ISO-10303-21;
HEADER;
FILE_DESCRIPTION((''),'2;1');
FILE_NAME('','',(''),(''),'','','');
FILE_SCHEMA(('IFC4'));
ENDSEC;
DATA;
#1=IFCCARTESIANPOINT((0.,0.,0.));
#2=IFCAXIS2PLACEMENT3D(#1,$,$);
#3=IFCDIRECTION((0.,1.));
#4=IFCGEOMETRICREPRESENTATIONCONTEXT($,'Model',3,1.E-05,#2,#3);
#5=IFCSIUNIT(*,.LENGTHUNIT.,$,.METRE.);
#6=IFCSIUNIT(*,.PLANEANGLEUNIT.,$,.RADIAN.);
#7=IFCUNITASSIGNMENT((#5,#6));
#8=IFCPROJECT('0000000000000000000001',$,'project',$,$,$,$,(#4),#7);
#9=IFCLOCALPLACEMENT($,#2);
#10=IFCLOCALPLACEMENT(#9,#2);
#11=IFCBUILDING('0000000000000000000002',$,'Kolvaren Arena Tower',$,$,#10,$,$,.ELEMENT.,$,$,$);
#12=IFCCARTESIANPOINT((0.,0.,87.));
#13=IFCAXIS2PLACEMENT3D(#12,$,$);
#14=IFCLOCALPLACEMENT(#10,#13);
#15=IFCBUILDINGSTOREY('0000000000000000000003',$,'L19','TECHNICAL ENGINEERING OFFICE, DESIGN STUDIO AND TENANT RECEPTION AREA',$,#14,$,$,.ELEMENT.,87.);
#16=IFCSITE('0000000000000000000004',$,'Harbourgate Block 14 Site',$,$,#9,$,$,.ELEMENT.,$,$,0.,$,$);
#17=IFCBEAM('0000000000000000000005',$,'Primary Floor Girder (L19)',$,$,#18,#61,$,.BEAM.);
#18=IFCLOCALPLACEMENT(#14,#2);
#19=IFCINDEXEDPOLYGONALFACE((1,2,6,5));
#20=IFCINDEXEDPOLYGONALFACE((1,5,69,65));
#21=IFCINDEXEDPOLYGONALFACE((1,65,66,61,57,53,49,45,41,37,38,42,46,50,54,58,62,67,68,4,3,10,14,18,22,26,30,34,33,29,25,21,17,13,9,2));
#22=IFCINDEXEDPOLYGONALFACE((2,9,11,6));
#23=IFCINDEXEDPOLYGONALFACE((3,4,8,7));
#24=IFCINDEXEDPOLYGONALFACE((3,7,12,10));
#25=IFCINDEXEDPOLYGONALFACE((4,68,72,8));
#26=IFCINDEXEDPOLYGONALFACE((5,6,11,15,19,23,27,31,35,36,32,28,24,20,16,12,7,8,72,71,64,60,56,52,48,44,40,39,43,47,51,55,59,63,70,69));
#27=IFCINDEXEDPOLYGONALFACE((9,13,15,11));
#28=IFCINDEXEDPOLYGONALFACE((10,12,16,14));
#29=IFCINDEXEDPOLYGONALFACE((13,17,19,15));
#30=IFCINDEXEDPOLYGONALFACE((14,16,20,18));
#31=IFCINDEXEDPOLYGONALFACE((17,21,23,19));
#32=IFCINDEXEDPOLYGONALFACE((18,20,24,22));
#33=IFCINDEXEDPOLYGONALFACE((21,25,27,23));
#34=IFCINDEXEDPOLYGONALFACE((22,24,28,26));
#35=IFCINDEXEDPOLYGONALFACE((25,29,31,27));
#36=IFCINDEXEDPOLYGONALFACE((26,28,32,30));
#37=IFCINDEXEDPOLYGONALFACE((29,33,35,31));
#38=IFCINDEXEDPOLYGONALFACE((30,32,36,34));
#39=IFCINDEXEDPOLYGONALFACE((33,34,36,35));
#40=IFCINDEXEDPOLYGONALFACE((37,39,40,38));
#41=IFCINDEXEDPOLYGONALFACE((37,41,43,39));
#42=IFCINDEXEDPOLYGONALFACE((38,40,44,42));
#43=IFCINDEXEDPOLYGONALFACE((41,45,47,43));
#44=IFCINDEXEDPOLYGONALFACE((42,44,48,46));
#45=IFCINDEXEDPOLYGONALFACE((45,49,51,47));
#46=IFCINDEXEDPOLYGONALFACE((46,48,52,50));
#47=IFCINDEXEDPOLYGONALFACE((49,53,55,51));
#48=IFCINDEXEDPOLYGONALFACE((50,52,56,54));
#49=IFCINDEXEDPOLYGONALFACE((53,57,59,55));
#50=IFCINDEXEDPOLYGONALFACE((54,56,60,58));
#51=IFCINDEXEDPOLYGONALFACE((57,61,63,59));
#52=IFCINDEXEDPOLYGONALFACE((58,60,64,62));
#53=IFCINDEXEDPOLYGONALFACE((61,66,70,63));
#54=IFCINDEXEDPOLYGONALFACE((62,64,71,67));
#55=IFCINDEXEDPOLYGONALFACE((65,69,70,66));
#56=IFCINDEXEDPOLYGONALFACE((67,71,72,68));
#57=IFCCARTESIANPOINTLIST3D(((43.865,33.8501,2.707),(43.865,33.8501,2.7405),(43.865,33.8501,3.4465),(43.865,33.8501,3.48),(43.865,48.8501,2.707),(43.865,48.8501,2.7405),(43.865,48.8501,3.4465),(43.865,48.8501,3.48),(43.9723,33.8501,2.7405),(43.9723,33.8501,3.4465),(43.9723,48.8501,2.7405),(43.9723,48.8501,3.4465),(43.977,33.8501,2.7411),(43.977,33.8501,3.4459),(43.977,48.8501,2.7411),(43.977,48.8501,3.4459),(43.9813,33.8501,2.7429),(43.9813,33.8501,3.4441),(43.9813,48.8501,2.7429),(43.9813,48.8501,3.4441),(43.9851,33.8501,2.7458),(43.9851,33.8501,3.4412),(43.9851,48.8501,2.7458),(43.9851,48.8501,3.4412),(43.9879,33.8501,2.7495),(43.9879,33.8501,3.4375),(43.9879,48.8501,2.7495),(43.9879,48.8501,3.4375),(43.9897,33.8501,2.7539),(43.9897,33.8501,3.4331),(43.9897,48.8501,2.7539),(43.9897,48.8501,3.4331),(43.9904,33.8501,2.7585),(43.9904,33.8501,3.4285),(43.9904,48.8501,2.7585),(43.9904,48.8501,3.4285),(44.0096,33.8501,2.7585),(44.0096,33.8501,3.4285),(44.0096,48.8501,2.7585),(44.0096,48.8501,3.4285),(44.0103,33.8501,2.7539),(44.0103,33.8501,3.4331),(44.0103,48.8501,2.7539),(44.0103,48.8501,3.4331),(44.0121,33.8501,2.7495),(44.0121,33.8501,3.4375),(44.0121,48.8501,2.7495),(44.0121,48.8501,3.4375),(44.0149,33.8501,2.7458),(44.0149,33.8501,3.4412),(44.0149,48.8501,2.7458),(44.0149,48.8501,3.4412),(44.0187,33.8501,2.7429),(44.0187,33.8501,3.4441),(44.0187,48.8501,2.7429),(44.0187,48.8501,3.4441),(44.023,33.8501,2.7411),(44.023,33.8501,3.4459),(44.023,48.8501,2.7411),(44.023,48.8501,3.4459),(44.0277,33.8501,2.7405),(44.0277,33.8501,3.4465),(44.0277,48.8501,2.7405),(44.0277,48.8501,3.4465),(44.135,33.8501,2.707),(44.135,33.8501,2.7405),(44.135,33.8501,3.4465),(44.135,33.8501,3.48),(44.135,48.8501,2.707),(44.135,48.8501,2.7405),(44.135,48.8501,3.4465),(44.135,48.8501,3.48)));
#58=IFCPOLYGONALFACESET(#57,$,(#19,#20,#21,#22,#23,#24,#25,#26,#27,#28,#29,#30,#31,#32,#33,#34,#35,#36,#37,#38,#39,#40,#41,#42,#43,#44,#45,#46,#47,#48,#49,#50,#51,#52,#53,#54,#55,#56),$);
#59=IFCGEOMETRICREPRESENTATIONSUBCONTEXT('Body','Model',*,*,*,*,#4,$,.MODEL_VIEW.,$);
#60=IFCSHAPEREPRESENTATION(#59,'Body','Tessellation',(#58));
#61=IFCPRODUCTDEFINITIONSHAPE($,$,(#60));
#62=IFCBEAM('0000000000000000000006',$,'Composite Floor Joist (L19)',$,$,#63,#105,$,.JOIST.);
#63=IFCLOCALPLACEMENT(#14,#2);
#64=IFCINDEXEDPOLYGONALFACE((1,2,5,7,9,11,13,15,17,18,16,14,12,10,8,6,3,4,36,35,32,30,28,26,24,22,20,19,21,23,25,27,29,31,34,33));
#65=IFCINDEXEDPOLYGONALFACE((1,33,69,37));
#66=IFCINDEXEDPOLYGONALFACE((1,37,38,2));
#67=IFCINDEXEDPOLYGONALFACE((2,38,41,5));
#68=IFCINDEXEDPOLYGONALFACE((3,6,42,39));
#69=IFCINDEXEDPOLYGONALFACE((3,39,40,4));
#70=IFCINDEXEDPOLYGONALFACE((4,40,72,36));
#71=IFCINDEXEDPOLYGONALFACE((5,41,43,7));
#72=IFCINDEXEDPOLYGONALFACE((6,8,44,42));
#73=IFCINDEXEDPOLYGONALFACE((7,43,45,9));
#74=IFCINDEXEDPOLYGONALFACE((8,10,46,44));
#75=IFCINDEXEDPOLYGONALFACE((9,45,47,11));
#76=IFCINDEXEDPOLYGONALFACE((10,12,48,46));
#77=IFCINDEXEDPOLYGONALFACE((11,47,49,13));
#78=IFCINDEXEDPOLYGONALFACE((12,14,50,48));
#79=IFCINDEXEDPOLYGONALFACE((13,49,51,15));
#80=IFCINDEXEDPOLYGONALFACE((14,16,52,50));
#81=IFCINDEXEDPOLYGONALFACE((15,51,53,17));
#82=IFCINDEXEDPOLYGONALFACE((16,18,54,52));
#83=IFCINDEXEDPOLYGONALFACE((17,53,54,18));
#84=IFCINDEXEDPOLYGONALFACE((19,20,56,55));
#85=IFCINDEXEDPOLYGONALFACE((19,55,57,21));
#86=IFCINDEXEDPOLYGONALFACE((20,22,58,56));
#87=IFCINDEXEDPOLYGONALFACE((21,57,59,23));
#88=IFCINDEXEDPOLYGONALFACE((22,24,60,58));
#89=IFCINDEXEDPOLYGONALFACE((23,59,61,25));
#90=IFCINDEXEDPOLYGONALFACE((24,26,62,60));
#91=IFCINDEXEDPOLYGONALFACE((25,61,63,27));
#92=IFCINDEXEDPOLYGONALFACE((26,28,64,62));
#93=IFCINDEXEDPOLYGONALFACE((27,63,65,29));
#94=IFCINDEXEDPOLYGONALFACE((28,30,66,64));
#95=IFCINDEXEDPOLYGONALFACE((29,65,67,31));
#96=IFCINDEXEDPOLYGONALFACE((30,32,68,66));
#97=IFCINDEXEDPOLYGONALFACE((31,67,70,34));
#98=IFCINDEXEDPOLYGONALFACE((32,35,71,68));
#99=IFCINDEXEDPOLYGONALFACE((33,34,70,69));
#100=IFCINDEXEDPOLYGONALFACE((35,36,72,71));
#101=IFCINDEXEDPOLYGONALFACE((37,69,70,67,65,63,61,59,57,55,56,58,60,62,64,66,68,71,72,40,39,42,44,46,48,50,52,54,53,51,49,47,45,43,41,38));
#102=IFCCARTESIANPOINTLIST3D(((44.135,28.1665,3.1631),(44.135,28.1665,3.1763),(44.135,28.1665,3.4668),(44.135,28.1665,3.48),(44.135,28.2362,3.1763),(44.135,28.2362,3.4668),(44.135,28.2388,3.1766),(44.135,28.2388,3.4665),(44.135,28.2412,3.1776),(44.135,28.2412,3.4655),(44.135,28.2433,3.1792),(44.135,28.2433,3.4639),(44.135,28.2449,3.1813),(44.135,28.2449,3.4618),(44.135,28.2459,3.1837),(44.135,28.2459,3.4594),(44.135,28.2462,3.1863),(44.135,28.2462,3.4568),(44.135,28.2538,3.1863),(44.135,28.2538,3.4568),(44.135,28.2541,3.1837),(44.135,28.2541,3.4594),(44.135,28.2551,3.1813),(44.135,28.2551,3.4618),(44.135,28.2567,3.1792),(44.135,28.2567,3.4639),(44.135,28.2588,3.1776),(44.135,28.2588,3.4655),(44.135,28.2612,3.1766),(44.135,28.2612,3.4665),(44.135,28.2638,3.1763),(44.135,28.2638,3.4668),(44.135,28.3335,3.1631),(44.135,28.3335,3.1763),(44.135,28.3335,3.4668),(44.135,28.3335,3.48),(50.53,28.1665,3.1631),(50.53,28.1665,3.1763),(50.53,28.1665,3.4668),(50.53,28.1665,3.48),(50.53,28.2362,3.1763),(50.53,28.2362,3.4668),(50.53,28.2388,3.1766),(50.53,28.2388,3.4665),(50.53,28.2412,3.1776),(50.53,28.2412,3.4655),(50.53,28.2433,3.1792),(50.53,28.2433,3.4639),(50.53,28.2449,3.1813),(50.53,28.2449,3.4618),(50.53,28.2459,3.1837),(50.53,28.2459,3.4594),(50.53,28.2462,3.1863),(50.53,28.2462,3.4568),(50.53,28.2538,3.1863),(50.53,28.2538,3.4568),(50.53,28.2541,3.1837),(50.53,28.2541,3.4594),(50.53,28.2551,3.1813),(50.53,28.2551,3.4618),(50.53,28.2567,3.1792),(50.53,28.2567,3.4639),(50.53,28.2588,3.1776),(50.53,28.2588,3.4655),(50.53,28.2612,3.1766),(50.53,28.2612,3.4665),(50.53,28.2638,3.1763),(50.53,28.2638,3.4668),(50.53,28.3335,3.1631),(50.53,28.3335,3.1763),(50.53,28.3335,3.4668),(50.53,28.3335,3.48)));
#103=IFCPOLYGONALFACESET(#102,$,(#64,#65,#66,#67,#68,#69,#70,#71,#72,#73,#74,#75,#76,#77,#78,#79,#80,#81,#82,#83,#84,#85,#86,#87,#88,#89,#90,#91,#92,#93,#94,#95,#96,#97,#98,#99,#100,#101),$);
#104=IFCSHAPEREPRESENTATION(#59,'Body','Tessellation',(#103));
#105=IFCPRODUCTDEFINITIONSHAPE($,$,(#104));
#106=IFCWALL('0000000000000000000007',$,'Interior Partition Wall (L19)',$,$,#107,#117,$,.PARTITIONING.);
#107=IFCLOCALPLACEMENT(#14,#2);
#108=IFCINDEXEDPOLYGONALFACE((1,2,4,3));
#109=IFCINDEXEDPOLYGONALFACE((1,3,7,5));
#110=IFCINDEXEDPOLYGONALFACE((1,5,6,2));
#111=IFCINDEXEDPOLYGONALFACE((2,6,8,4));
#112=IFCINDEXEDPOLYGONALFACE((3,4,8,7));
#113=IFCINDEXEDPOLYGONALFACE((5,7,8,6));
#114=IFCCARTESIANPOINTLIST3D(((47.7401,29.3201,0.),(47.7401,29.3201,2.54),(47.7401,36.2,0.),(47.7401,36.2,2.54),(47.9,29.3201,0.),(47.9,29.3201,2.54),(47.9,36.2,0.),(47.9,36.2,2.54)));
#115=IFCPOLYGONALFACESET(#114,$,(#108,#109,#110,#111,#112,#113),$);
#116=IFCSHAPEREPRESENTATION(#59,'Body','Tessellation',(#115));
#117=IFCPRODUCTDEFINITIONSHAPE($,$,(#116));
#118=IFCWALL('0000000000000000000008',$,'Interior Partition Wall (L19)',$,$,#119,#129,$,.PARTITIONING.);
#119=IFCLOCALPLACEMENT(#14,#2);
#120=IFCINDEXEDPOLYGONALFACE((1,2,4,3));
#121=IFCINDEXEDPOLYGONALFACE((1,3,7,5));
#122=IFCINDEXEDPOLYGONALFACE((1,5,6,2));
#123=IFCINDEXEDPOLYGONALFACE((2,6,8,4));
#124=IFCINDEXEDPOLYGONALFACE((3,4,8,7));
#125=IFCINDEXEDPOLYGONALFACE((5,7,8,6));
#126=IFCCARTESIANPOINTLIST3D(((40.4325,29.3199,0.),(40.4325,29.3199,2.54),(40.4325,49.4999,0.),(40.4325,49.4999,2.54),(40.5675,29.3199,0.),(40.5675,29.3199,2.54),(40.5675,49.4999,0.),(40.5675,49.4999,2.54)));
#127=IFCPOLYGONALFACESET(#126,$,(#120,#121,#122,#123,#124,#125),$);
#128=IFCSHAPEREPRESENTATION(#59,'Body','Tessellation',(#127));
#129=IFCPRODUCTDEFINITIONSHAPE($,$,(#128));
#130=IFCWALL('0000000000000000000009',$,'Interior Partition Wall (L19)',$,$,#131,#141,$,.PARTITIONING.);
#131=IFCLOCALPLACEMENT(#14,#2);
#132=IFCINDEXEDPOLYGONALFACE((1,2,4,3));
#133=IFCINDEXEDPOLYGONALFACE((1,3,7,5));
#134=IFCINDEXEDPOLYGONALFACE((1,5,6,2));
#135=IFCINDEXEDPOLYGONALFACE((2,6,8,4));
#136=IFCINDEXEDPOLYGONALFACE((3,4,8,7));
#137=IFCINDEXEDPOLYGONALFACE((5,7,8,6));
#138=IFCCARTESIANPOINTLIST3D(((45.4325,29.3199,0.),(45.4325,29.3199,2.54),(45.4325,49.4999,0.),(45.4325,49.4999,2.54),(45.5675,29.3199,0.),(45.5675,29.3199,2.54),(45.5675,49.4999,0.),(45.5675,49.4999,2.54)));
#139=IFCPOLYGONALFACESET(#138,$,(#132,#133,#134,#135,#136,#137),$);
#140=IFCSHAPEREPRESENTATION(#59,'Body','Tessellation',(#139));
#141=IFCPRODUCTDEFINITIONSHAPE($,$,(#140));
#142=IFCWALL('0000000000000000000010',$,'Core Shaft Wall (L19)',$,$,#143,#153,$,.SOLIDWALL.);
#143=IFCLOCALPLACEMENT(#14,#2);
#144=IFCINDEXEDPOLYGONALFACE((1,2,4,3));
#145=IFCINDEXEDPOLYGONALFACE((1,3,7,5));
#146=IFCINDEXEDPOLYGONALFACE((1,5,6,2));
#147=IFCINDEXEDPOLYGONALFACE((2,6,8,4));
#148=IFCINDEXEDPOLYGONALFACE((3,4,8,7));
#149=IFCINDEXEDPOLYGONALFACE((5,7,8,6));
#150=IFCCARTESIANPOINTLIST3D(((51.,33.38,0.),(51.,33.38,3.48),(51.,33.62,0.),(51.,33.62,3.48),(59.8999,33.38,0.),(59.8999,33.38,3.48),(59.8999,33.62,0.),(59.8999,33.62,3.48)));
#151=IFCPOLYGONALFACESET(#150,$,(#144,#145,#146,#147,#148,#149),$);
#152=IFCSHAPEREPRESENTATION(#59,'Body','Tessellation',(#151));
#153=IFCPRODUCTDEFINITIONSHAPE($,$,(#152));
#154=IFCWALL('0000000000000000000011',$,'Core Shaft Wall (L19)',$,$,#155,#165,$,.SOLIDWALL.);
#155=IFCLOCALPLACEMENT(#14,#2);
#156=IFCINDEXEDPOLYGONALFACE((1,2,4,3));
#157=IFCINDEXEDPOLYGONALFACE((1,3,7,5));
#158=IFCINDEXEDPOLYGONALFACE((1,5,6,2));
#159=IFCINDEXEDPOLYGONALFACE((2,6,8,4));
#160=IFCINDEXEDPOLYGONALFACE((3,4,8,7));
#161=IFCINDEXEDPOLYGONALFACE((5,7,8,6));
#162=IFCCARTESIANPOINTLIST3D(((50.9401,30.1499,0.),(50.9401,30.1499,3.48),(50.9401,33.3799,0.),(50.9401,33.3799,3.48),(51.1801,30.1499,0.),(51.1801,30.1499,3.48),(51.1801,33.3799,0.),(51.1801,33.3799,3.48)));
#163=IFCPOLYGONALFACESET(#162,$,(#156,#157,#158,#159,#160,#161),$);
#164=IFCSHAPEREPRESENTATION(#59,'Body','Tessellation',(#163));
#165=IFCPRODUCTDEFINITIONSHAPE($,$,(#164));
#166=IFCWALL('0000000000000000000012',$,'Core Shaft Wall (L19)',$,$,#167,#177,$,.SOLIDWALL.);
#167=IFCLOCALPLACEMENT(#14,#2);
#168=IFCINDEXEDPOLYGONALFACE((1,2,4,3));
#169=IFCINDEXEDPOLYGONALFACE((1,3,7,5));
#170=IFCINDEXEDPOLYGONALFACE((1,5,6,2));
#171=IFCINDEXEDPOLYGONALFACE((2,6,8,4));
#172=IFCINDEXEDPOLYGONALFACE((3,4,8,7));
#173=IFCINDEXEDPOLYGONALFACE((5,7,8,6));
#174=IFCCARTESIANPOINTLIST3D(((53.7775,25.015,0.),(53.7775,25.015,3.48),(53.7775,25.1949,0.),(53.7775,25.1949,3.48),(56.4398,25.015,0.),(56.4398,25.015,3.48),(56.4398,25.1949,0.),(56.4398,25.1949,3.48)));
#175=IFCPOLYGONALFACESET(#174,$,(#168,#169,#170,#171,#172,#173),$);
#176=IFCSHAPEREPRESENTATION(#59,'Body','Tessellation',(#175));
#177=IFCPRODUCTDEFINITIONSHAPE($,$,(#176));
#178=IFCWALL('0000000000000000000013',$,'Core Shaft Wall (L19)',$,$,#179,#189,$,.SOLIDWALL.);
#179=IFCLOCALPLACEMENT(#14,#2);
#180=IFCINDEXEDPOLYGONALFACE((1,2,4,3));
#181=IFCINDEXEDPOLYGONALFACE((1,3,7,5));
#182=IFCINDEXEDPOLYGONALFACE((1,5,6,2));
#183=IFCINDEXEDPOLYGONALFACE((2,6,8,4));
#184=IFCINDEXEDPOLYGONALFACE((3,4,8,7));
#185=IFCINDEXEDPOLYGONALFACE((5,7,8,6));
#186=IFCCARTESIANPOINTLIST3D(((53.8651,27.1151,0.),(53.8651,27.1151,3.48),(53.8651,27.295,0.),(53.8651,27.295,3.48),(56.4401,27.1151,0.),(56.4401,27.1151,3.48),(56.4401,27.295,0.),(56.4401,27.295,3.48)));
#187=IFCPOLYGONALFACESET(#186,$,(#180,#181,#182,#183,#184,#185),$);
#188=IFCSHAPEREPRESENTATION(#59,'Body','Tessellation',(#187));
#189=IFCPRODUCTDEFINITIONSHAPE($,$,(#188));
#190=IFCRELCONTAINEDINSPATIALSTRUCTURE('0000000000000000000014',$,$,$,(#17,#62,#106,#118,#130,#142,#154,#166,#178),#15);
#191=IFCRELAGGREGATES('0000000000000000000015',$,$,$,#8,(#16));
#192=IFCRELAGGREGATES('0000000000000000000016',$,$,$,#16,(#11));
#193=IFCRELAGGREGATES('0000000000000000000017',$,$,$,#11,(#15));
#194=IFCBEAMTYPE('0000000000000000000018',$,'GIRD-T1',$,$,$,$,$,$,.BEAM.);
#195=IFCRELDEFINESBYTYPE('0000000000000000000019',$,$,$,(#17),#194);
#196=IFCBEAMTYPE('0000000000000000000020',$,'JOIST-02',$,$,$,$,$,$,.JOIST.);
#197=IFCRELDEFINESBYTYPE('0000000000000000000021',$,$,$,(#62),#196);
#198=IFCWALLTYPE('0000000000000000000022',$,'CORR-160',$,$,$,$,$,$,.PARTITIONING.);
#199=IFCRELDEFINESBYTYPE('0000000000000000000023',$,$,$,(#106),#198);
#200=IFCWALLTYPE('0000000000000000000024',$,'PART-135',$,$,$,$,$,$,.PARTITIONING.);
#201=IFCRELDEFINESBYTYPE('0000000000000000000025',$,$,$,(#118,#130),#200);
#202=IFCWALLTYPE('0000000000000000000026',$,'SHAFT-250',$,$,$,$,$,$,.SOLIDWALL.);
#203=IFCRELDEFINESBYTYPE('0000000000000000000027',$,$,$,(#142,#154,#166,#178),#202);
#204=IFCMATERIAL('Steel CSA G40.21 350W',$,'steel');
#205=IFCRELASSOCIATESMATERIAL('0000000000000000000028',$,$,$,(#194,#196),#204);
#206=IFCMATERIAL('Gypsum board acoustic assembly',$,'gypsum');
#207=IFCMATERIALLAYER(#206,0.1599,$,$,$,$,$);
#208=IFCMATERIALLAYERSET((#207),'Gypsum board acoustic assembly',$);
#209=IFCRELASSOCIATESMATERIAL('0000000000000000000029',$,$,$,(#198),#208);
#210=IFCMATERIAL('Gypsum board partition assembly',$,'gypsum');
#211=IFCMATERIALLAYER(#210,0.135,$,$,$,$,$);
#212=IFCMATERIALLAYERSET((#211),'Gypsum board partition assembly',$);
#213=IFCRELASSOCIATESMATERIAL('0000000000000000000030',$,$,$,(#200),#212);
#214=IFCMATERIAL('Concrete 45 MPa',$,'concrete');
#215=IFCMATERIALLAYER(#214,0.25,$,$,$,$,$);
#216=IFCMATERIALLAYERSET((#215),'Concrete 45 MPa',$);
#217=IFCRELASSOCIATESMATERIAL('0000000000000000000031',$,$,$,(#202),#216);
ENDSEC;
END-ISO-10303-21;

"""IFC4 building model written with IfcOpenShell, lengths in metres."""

from ifc_helpers import new_model, si_unit, direction, frame, frame_2d, origin, origin_2d, place, context, subcontext, project, spatial, rectangle, i_section, extrude, material, layer, layer_set, material_profile, profile_set, type_object, element, save


model = new_model("IFC4")

# Units and contexts
model_context = context("Model", 3, precision=1e-05, world=origin(), true_north=direction((0.0, 1.0)))
body_context = subcontext(model_context, "Body", "Model", "MODEL_VIEW")
ifc_project = project(units=[si_unit("LENGTHUNIT", "METRE"), si_unit("PLANEANGLEUNIT", "RADIAN")], contexts=[model_context])

# Site, building, storey
site_placement = place(None, origin())
site = spatial("IfcSite", under=ifc_project, at=site_placement, Name="Harbourgate Block 14 Site", CompositionType="ELEMENT", RefElevation=0.0)
building_placement = place(site_placement, origin())
building = spatial("IfcBuilding", under=site, at=building_placement, Name="Kolvaren Arena Tower", CompositionType="ELEMENT")
storey_placement = place(building_placement, frame((0.0, 0.0, 87.0)))
storey = spatial("IfcBuildingStorey", under=building, at=storey_placement, Name="L19", Description="TECHNICAL ENGINEERING OFFICE, DESIGN STUDIO AND TENANT RECEPTION AREA", CompositionType="ELEMENT", Elevation=87.0)

# Beams
ifc_material_1 = material(Name="Steel CSA G40.21 350W", Category="steel")
ifc_material_profile_1 = material_profile(ifc_material_1, i_section(OverallWidth=0.27, OverallDepth=0.7729, WebThickness=0.0193, FlangeThickness=0.0334, FilletRadius=0.0181, at=origin_2d()), Name="W760x257")
ifc_profile_set_1 = profile_set([ifc_material_profile_1], Name="Steel CSA G40.21 350W")
beam_type_1 = type_object("IfcBeamType", Name="GIRD-T1", PredefinedType="BEAM", material=ifc_profile_set_1)
beam_1_placement = place(storey_placement, frame((44.0, 33.8501, 3.0935), z_axis=(0.0, 1.0, 0.0), x_axis=(-1.0, 0.0, 0.0)))
element("IfcBeam", 1, at=beam_1_placement, inside=storey, type_object=beam_type_1, Name="Primary Floor Girder (L19)", PredefinedType="BEAM", context=body_context, shape_type="SweptSolid", body=[
    extrude(i_section(OverallWidth=0.27, OverallDepth=0.7729, WebThickness=0.0193, FlangeThickness=0.0334, FilletRadius=0.0181, at=origin_2d()), origin(), (0.0, 0.0, 1.0), 15.0),
])
ifc_material_profile_2 = material_profile(ifc_material_1, i_section(OverallWidth=0.167, OverallDepth=0.3169, WebThickness=0.0076, FlangeThickness=0.0132, FilletRadius=0.01, at=origin_2d()), Name="W310x52")
ifc_profile_set_2 = profile_set([ifc_material_profile_2], Name="Steel CSA G40.21 350W")
beam_type_2 = type_object("IfcBeamType", Name="JOIST-02", PredefinedType="JOIST", material=ifc_profile_set_2)
beam_2_placement = place(storey_placement, frame((44.135, 28.25, 3.3215), z_axis=(1.0, 0.0, 0.0), x_axis=(0.0, 1.0, 0.0)))
element("IfcBeam", 2, at=beam_2_placement, inside=storey, type_object=beam_type_2, Name="Composite Floor Joist (L19)", PredefinedType="JOIST", context=body_context, shape_type="SweptSolid", body=[
    extrude(i_section(OverallWidth=0.167, OverallDepth=0.3169, WebThickness=0.0076, FlangeThickness=0.0132, FilletRadius=0.01, at=origin_2d()), origin(), (0.0, 0.0, 1.0), 6.395),
])

# Shared definitions
ifc_material_2 = material(Name="Gypsum board acoustic assembly", Category="gypsum")
ifc_layer_1 = layer(ifc_material_2, 0.1599)
ifc_layer_set_1 = layer_set([ifc_layer_1], Name="Gypsum board acoustic assembly")
wall_type_1 = type_object("IfcWallType", Name="CORR-160", PredefinedType="PARTITIONING", material=ifc_layer_set_1)

# Walls
wall_1_placement = place(storey_placement, frame((47.8201, 29.3201, 0.0), z_axis=(0.0, 0.0, 1.0), x_axis=(0.0, 1.0, 0.0)))
element("IfcWall", 3, at=wall_1_placement, inside=storey, type_object=wall_type_1, Name="Interior Partition Wall (L19)", PredefinedType="PARTITIONING", context=body_context, shape_type="SweptSolid", body=[
    extrude(rectangle(XDim=6.8799, YDim=0.1599, at=frame_2d((3.4399, 0.0))), origin(), (0.0, 0.0, 1.0), 2.54),
])
ifc_material_3 = material(Name="Gypsum board partition assembly", Category="gypsum")
ifc_layer_2 = layer(ifc_material_3, 0.135)
ifc_layer_set_2 = layer_set([ifc_layer_2], Name="Gypsum board partition assembly")
wall_type_2 = type_object("IfcWallType", Name="PART-135", PredefinedType="PARTITIONING", material=ifc_layer_set_2)
for number, where, z_axis, x_axis, name in (
    (4, (40.5, 29.3201, 0.0), (0.0, 0.0, 1.0), (0.0, 1.0, 0.0), "Interior Partition Wall (L19)"),
    (5, (45.5, 29.3201, 0.0), (0.0, 0.0, 1.0), (0.0, 1.0, 0.0), "Interior Partition Wall (L19)"),
):
    element("IfcWall", number, at=place(storey_placement, frame(where, z_axis=z_axis, x_axis=x_axis)), inside=storey, type_object=wall_type_2, Name=name, PredefinedType="PARTITIONING", context=body_context, shape_type="SweptSolid", body=[
        extrude(rectangle(XDim=20.1799, YDim=0.135, at=frame_2d((10.0898, 0.0))), origin(), (0.0, 0.0, 1.0), 2.54),
    ])
ifc_material_4 = material(Name="Concrete 45 MPa", Category="concrete")
ifc_layer_3 = layer(ifc_material_4, 0.25)
ifc_layer_set_3 = layer_set([ifc_layer_3], Name="Concrete 45 MPa")
wall_type_3 = type_object("IfcWallType", Name="SHAFT-250", PredefinedType="SOLIDWALL", material=ifc_layer_set_3)
wall_2_placement = place(storey_placement, frame((51.0, 33.5, 0.0), z_axis=(0.0, 0.0, 1.0), x_axis=(1.0, 0.0, 0.0)))
element("IfcWall", 6, at=wall_2_placement, inside=storey, type_object=wall_type_3, Name="Core Shaft Wall (L19)", PredefinedType="SOLIDWALL", context=body_context, shape_type="SweptSolid", body=[
    extrude(rectangle(XDim=8.8999, YDim=0.24, at=frame_2d((4.45, 0.0))), origin(), (0.0, 0.0, 1.0), 3.48),
])
wall_3_placement = place(storey_placement, frame((51.0601, 30.1499, 0.0), z_axis=(0.0, 0.0, 1.0), x_axis=(0.0, 1.0, 0.0)))
element("IfcWall", 7, at=wall_3_placement, inside=storey, type_object=wall_type_3, Name="Core Shaft Wall (L19)", PredefinedType="SOLIDWALL", context=body_context, shape_type="SweptSolid", body=[
    extrude(rectangle(XDim=3.23, YDim=0.24, at=frame_2d((1.615, 0.0))), origin(), (0.0, 0.0, 1.0), 3.48),
])
wall_4_placement = place(storey_placement, frame((53.7776, 25.105, 0.0), z_axis=(0.0, 0.0, 1.0), x_axis=(1.0, 0.0, 0.0)))
element("IfcWall", 8, at=wall_4_placement, inside=storey, type_object=wall_type_3, Name="Core Shaft Wall (L19)", PredefinedType="SOLIDWALL", context=body_context, shape_type="SweptSolid", body=[
    extrude(rectangle(XDim=2.6624, YDim=0.1799, at=frame_2d((1.3311, 0.0))), origin(), (0.0, 0.0, 1.0), 3.48),
])
wall_5_placement = place(storey_placement, frame((53.865, 27.2051, 0.0), z_axis=(0.0, 0.0, 1.0), x_axis=(1.0, 0.0, 0.0)))
element("IfcWall", 9, at=wall_5_placement, inside=storey, type_object=wall_type_3, Name="Core Shaft Wall (L19)", PredefinedType="SOLIDWALL", context=body_context, shape_type="SweptSolid", body=[
    extrude(rectangle(XDim=2.575, YDim=0.1799, at=frame_2d((1.2876, 0.0))), origin(), (0.0, 0.0, 1.0), 3.48),
])

save(model, "model.ifc")
